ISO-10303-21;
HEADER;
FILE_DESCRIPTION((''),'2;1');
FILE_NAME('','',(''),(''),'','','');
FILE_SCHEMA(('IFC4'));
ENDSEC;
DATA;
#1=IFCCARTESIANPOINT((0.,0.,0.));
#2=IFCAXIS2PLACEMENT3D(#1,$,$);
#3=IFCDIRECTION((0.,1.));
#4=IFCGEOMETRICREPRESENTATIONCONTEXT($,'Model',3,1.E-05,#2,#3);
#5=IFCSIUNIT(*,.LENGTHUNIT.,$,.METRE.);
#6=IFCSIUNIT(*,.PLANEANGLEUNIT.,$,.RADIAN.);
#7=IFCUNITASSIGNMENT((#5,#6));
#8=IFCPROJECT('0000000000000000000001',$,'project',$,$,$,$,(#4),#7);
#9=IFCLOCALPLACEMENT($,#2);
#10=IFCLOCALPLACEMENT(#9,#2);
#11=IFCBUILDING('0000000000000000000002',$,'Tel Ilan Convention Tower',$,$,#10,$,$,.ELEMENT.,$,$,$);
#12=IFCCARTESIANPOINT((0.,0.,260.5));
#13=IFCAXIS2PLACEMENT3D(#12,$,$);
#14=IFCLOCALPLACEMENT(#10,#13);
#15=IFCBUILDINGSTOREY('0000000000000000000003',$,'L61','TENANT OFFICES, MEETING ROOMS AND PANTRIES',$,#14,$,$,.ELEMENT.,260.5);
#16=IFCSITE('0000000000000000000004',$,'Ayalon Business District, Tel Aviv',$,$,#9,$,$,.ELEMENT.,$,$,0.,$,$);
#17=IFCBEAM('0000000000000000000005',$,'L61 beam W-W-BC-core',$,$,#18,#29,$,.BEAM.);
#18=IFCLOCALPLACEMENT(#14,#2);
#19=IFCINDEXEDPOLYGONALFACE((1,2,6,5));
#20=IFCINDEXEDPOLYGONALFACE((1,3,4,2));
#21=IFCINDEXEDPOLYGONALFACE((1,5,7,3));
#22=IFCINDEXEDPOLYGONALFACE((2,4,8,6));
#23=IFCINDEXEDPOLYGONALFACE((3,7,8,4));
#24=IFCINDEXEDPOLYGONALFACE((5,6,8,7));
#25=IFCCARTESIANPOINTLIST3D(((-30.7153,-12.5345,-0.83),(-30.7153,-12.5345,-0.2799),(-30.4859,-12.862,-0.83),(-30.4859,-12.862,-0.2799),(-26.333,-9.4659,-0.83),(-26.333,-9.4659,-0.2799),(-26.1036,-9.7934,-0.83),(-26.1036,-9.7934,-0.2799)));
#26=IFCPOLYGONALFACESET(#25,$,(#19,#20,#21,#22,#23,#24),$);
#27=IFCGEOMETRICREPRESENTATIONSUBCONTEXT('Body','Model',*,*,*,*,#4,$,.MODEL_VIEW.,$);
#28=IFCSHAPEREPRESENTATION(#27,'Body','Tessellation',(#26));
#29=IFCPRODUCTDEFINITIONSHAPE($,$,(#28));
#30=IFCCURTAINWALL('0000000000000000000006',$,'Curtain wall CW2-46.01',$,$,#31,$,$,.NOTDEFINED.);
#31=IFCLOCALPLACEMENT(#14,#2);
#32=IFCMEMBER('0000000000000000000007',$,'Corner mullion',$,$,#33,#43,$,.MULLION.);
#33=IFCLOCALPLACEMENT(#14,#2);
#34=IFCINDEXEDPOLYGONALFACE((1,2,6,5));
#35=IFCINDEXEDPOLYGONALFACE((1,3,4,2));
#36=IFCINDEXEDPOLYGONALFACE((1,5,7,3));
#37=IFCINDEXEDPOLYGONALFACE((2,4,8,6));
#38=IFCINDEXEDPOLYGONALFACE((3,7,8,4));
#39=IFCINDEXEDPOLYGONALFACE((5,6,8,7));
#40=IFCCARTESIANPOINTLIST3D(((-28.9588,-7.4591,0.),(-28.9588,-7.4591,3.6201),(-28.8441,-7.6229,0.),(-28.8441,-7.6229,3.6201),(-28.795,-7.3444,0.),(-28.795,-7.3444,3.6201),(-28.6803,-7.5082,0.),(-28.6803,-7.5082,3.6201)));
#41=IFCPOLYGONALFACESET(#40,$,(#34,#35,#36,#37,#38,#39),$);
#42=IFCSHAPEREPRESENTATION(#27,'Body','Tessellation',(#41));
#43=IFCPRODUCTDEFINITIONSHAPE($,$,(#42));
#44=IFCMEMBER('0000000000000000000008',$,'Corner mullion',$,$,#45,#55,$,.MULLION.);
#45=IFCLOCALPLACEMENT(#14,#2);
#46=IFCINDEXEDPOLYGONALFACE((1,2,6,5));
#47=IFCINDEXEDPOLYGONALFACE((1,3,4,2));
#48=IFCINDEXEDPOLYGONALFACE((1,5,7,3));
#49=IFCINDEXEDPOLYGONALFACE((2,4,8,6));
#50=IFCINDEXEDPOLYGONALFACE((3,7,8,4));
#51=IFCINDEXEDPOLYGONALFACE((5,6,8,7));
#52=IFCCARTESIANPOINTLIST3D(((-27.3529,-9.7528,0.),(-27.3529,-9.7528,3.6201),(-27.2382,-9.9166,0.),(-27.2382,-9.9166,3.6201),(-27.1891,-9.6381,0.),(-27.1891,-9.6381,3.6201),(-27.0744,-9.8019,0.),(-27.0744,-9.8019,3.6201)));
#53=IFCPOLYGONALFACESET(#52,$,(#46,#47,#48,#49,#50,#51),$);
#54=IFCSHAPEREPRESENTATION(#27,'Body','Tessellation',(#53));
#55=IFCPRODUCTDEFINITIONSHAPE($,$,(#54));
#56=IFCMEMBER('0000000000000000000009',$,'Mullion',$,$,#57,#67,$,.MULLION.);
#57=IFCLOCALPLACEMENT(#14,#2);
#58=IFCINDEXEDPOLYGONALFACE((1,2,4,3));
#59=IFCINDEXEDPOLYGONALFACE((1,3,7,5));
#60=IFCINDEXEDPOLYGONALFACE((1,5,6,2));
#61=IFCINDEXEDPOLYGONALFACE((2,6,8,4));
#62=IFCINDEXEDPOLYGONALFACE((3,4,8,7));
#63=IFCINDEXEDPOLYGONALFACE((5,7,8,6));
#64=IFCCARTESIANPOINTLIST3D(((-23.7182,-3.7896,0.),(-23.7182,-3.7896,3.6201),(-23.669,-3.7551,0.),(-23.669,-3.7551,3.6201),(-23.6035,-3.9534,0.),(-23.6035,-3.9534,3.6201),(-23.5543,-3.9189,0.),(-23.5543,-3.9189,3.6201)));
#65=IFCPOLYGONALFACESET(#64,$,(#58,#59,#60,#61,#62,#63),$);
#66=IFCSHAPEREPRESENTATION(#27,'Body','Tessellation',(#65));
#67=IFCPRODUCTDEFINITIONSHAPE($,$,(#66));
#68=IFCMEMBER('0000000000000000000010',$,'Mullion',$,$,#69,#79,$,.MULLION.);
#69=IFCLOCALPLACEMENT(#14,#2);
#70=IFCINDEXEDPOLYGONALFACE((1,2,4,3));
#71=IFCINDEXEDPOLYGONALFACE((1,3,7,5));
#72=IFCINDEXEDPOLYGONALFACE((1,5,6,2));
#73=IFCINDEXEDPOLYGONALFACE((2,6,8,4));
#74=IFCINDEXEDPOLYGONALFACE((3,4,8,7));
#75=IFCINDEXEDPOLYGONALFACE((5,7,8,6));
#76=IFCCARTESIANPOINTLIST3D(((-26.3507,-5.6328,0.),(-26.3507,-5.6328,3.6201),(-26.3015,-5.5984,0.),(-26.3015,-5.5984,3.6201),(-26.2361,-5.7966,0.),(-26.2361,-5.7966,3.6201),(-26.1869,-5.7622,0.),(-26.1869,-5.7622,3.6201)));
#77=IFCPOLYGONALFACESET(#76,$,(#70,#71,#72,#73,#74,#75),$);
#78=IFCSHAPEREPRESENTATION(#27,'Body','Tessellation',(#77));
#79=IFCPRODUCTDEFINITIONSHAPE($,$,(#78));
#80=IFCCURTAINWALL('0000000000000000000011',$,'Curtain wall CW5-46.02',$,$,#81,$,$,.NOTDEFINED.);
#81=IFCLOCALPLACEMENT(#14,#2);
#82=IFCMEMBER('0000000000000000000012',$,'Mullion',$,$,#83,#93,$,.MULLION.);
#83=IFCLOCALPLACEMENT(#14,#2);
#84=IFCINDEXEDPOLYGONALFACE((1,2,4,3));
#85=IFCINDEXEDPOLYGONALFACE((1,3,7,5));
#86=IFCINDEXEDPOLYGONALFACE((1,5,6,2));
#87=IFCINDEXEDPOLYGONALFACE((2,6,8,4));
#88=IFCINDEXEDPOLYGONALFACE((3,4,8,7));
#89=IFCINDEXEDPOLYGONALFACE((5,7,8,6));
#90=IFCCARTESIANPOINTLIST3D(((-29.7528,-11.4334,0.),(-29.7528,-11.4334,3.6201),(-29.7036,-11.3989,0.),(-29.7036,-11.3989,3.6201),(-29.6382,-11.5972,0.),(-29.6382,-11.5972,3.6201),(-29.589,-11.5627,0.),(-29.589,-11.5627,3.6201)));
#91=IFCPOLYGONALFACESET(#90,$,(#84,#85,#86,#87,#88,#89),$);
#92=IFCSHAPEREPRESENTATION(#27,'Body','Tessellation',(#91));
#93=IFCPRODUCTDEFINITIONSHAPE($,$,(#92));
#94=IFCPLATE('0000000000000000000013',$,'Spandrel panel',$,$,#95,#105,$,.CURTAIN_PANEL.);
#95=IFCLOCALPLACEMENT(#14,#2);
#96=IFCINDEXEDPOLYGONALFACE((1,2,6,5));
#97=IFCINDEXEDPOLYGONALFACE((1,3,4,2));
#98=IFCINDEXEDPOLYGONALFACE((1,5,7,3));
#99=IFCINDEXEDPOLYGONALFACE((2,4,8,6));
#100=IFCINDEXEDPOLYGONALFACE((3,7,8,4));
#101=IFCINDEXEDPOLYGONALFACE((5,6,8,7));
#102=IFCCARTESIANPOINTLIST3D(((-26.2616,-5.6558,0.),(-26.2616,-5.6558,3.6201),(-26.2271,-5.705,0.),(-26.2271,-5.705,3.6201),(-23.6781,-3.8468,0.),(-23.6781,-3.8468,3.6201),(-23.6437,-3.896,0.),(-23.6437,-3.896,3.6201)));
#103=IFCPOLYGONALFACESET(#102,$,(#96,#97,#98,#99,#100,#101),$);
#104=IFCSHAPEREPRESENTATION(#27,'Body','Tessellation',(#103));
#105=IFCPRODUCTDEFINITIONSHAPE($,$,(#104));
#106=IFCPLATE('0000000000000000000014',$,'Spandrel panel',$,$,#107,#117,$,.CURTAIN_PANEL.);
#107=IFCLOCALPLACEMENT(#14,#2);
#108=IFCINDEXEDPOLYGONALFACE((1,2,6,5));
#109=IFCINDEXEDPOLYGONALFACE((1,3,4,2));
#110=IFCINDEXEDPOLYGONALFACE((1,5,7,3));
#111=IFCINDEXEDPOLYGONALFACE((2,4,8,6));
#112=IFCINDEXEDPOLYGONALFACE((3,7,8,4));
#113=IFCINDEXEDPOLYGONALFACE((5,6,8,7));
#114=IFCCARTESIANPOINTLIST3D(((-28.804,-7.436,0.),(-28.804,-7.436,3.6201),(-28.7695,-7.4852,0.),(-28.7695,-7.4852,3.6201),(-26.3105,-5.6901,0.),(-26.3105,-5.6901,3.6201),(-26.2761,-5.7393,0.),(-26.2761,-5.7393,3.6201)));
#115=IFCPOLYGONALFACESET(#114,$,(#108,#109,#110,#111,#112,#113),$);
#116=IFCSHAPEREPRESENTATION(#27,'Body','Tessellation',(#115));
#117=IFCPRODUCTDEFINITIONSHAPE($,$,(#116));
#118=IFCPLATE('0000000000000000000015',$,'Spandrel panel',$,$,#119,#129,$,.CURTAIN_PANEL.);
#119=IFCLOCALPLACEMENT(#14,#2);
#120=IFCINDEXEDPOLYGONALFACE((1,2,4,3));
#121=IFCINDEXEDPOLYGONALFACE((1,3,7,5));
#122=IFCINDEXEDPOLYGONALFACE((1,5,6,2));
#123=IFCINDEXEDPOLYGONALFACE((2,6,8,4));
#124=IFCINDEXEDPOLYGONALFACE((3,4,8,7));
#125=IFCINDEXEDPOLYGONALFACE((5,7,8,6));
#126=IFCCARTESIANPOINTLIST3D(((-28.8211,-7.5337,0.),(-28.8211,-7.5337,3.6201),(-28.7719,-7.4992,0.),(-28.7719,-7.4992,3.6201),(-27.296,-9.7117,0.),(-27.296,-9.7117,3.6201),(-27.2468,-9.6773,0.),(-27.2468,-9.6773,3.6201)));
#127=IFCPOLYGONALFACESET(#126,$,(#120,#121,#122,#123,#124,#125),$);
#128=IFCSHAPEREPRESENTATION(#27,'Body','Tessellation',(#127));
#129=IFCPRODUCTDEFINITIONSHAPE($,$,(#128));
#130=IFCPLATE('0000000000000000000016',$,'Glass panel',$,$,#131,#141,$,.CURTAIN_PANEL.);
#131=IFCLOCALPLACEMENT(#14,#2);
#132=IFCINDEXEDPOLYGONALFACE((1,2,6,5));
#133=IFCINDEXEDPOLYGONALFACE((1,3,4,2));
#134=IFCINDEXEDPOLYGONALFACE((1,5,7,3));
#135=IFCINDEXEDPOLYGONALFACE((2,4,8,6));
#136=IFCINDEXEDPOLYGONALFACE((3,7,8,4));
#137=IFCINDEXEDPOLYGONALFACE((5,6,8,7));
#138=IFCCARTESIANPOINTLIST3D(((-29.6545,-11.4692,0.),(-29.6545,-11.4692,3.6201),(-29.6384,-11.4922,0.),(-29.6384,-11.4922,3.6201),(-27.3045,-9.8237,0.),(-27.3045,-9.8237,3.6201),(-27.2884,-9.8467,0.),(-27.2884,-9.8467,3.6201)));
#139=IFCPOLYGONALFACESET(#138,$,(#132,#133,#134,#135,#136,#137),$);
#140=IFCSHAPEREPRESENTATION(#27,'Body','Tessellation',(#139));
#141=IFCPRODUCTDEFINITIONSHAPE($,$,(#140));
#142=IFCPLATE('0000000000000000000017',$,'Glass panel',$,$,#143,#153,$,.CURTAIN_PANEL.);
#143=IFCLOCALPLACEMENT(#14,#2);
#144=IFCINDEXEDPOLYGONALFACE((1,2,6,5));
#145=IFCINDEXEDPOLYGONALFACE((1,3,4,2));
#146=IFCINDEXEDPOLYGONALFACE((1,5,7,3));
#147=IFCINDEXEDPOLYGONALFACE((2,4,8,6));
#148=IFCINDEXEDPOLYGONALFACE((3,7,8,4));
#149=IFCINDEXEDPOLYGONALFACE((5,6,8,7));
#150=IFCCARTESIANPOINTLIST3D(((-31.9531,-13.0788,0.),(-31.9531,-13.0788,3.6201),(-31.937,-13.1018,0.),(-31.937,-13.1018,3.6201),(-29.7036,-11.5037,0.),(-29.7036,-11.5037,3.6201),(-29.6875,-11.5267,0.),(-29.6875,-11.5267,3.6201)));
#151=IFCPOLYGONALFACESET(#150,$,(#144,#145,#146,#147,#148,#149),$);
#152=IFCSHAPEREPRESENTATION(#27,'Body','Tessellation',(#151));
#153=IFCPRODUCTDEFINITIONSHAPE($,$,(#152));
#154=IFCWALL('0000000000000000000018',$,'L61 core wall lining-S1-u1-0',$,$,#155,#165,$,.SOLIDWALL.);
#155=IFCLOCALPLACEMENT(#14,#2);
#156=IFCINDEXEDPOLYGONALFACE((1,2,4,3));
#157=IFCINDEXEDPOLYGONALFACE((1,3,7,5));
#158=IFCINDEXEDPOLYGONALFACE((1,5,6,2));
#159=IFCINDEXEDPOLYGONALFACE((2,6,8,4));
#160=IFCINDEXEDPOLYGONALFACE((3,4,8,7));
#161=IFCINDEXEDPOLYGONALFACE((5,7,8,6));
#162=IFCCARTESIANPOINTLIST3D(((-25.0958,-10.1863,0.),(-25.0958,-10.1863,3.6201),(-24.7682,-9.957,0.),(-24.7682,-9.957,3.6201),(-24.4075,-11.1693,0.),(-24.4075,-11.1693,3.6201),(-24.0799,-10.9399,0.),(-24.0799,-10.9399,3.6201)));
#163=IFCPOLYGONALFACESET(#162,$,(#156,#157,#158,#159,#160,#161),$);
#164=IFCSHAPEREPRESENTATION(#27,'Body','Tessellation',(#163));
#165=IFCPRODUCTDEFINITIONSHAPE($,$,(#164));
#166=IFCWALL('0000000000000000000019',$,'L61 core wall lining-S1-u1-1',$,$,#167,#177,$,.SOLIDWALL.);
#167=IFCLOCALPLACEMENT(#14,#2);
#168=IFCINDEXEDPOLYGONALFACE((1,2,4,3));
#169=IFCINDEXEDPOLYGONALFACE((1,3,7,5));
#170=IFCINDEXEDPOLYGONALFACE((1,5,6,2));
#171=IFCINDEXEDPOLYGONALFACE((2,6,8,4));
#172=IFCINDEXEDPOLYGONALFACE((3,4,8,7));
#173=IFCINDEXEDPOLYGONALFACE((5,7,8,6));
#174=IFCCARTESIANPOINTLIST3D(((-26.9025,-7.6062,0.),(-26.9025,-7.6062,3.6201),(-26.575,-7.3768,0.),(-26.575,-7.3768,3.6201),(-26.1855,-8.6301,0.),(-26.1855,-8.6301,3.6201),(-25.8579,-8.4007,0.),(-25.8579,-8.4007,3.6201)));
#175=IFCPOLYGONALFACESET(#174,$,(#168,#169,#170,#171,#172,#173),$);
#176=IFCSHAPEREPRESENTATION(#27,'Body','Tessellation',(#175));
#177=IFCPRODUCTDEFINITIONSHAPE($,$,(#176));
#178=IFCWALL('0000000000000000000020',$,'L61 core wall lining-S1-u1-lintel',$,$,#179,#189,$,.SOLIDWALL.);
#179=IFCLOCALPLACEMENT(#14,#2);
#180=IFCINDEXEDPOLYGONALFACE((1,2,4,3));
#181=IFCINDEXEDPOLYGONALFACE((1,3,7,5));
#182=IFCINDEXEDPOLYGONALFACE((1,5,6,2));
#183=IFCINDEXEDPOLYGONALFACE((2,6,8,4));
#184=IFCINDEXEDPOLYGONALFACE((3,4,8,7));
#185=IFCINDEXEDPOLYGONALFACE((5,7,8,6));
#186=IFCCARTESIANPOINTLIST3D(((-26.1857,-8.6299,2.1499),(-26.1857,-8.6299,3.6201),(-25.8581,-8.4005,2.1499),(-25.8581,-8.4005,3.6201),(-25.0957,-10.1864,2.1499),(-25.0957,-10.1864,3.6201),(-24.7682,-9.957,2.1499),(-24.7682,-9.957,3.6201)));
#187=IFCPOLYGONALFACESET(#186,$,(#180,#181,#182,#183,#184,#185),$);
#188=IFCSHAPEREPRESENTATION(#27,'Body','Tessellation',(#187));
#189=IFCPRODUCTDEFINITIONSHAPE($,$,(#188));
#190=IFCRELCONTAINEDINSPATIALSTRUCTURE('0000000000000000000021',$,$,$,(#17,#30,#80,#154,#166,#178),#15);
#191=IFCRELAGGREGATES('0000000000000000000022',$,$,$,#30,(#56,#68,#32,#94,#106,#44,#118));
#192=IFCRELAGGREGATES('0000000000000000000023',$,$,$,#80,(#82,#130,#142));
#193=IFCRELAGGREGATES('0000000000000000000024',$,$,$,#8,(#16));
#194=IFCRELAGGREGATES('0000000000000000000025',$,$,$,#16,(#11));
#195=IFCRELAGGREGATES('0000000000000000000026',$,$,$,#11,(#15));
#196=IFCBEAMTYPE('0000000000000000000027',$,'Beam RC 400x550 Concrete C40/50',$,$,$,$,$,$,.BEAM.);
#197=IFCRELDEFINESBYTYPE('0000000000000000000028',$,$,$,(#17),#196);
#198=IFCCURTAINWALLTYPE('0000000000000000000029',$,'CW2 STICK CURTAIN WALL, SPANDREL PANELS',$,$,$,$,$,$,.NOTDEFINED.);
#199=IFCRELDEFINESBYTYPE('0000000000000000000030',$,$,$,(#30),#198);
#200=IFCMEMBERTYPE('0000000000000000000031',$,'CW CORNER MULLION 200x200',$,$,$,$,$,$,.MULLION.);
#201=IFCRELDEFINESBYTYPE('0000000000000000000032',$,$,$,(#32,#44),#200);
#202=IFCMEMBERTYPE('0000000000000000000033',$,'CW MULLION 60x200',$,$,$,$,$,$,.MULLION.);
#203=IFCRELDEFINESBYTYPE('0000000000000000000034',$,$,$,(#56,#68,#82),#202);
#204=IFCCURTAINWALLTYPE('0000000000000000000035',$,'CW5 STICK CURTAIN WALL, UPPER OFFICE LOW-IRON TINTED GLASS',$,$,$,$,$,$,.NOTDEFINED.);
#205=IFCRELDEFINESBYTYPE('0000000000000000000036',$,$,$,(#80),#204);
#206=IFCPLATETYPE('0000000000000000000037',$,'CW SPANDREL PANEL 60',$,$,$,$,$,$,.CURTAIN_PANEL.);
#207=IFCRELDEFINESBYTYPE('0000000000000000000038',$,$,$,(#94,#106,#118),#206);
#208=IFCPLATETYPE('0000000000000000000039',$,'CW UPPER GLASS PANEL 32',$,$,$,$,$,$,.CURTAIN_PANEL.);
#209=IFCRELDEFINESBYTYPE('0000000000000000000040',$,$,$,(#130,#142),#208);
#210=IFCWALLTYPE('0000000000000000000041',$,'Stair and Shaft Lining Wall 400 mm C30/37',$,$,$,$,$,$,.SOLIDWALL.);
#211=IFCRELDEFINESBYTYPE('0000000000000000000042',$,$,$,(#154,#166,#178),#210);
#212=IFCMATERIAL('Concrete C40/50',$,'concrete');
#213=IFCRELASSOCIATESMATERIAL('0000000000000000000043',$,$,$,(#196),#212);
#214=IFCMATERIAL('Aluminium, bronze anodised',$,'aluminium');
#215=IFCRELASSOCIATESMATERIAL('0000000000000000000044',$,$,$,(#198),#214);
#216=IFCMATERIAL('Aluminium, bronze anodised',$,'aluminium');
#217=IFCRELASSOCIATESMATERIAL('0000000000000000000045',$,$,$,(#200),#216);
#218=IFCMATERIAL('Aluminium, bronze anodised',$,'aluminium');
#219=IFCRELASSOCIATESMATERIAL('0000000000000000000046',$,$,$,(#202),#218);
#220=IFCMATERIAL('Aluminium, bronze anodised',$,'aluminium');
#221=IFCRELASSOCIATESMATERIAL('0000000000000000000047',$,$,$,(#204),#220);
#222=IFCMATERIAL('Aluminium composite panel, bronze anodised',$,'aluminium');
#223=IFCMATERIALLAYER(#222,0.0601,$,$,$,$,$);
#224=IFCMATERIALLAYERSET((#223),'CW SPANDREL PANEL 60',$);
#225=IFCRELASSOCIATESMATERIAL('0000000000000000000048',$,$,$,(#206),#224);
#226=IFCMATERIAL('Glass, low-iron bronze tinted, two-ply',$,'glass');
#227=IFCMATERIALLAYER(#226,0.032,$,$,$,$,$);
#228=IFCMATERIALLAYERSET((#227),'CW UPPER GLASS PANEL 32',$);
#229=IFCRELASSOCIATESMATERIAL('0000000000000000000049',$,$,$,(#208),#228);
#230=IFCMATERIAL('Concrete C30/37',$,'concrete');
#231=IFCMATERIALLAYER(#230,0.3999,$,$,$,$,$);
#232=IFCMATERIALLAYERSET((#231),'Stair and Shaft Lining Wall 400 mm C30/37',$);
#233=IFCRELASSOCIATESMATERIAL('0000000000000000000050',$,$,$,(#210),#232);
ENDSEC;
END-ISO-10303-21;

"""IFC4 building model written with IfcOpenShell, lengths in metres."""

from ifc_helpers import new_model, si_unit, direction, frame, frame_2d, origin, origin_2d, place, context, subcontext, project, spatial, rectangle, extrude, material, layer, layer_set, material_profile, profile_set, type_object, element, aggregate, save


model = new_model("IFC4")

# Units and contexts
model_context = context("Model", 3, precision=1e-05, world=origin(), true_north=direction((0.0, 1.0)))
body_context = subcontext(model_context, "Body", "Model", "MODEL_VIEW")
ifc_project = project(units=[si_unit("LENGTHUNIT", "METRE"), si_unit("PLANEANGLEUNIT", "RADIAN")], contexts=[model_context])

# Site, building, storey
site_placement = place(None, origin())
site = spatial("IfcSite", under=ifc_project, at=site_placement, Name="Ayalon Business District, Tel Aviv", CompositionType="ELEMENT", RefElevation=0.0)
building_placement = place(site_placement, origin())
building = spatial("IfcBuilding", under=site, at=building_placement, Name="Tel Ilan Convention Tower", CompositionType="ELEMENT")
storey_placement = place(building_placement, frame((0.0, 0.0, 260.5)))
storey = spatial("IfcBuildingStorey", under=building, at=storey_placement, Name="L61", Description="TENANT OFFICES, MEETING ROOMS AND PANTRIES", CompositionType="ELEMENT", Elevation=260.5)

# Beam
ifc_material_1 = material(Name="Concrete C40/50", Category="concrete")
ifc_material_profile_1 = material_profile(ifc_material_1, rectangle(XDim=0.3999, YDim=0.55, at=origin_2d()), Name="RC 400x550")
ifc_profile_set_1 = profile_set([ifc_material_profile_1], Name="Concrete C40/50")
beam_type = type_object("IfcBeamType", Name="Beam RC 400x550 Concrete C40/50", PredefinedType="BEAM", material=ifc_profile_set_1)
beam_placement = place(storey_placement, frame((-30.6006, -12.6982, -0.5549), z_axis=(0.819146, 0.573585, 0.0), x_axis=(-0.573585, 0.819146, 0.0)))
element("IfcBeam", 1, at=beam_placement, inside=storey, type_object=beam_type, Name="L61 beam W-W-BC-core", PredefinedType="BEAM", context=body_context, shape_type="SweptSolid", body=[
    extrude(rectangle(XDim=0.3999, YDim=0.55, at=origin_2d()), origin(), (0.0, 0.0, 1.0), 5.3499),
])

# Curtain wall, members
ifc_material_2 = material(Name="Aluminium, bronze anodised", Category="aluminium")
curtain_wall_type_1 = type_object("IfcCurtainWallType", Name="CW2 STICK CURTAIN WALL, SPANDREL PANELS", PredefinedType="NOTDEFINED", material=ifc_material_2)
curtain_wall_1_placement = place(storey_placement, origin())
curtain_wall_1 = element("IfcCurtainWall", 2, at=curtain_wall_1_placement, inside=storey, type_object=curtain_wall_type_1, Name="Curtain wall CW2-46.01", PredefinedType="NOTDEFINED")
ifc_material_3 = material(Name="Aluminium, bronze anodised", Category="aluminium")
ifc_material_profile_2 = material_profile(ifc_material_3, rectangle(XDim=0.2, YDim=0.2, at=origin_2d()), Name="CW CORNER MULLION 200x200")
ifc_profile_set_2 = profile_set([ifc_material_profile_2], Name="Aluminium, bronze anodised")
member_type_1 = type_object("IfcMemberType", Name="CW CORNER MULLION 200x200", PredefinedType="MULLION", material=ifc_profile_set_2)
member_1_placement = place(storey_placement, frame((-28.8196, -7.4836, 0.0), z_axis=(0.0, 0.0, 1.0), x_axis=(-0.819152, -0.573576, 0.0)))
member_1 = element("IfcMember", 3, at=member_1_placement, type_object=member_type_1, Name="Corner mullion", PredefinedType="MULLION", context=body_context, shape_type="SweptSolid", body=[
    extrude(rectangle(XDim=0.2, YDim=0.2, at=origin_2d()), origin(), (0.0, 0.0, 1.0), 3.6201),
])
member_2_placement = place(storey_placement, frame((-27.2136, -9.7773, 0.0), z_axis=(0.0, 0.0, 1.0), x_axis=(0.573576, -0.819152, 0.0)))
member_2 = element("IfcMember", 4, at=member_2_placement, type_object=member_type_1, Name="Corner mullion", PredefinedType="MULLION", context=body_context, shape_type="SweptSolid", body=[
    extrude(rectangle(XDim=0.2, YDim=0.2, at=origin_2d()), origin(), (0.0, 0.0, 1.0), 3.6201),
])
ifc_material_4 = material(Name="Aluminium, bronze anodised", Category="aluminium")
ifc_material_profile_3 = material_profile(ifc_material_4, rectangle(XDim=0.0601, YDim=0.2, at=origin_2d()), Name="CW MULLION 60x200")
ifc_profile_set_3 = profile_set([ifc_material_profile_3], Name="Aluminium, bronze anodised")
member_type_2 = type_object("IfcMemberType", Name="CW MULLION 60x200", PredefinedType="MULLION", material=ifc_profile_set_3)
member_3_placement = place(storey_placement, frame((-23.6362, -3.8542, 0.0), z_axis=(0.0, 0.0, 1.0), x_axis=(-0.819152, -0.573576, 0.0)))
member_3 = element("IfcMember", 5, at=member_3_placement, type_object=member_type_2, Name="Mullion", PredefinedType="MULLION", context=body_context, shape_type="SweptSolid", body=[
    extrude(rectangle(XDim=0.0601, YDim=0.2, at=origin_2d()), origin(), (0.0, 0.0, 1.0), 3.6201),
])
member_4_placement = place(storey_placement, frame((-26.2688, -5.6975, 0.0), z_axis=(0.0, 0.0, 1.0), x_axis=(-0.819152, -0.573576, 0.0)))
member_4 = element("IfcMember", 6, at=member_4_placement, type_object=member_type_2, Name="Mullion", PredefinedType="MULLION", context=body_context, shape_type="SweptSolid", body=[
    extrude(rectangle(XDim=0.0601, YDim=0.2, at=origin_2d()), origin(), (0.0, 0.0, 1.0), 3.6201),
])

# Curtain wall, member
ifc_material_5 = material(Name="Aluminium, bronze anodised", Category="aluminium")
curtain_wall_type_2 = type_object("IfcCurtainWallType", Name="CW5 STICK CURTAIN WALL, UPPER OFFICE LOW-IRON TINTED GLASS", PredefinedType="NOTDEFINED", material=ifc_material_5)
curtain_wall_2_placement = place(storey_placement, origin())
curtain_wall_2 = element("IfcCurtainWall", 7, at=curtain_wall_2_placement, inside=storey, type_object=curtain_wall_type_2, Name="Curtain wall CW5-46.02", PredefinedType="NOTDEFINED")
member_5_placement = place(storey_placement, frame((-29.6709, -11.498, 0.0), z_axis=(0.0, 0.0, 1.0), x_axis=(-0.819152, -0.573576, 0.0)))
member_5 = element("IfcMember", 8, at=member_5_placement, type_object=member_type_2, Name="Mullion", PredefinedType="MULLION", context=body_context, shape_type="SweptSolid", body=[
    extrude(rectangle(XDim=0.0601, YDim=0.2, at=origin_2d()), origin(), (0.0, 0.0, 1.0), 3.6201),
])

# Plates
ifc_material_6 = material(Name="Aluminium composite panel, bronze anodised", Category="aluminium")
ifc_layer_1 = layer(ifc_material_6, 0.0601)
ifc_layer_set_1 = layer_set([ifc_layer_1], Name="CW SPANDREL PANEL 60")
plate_type_1 = type_object("IfcPlateType", Name="CW SPANDREL PANEL 60", PredefinedType="CURTAIN_PANEL", material=ifc_layer_set_1)
plate_1_placement = place(storey_placement, frame((-24.9526, -4.7759, 0.0), z_axis=(0.0, 0.0, 1.0), x_axis=(-0.819152, -0.573576, 0.0)))
plate_1 = element("IfcPlate", 9, at=plate_1_placement, type_object=plate_type_1, Name="Spandrel panel", PredefinedType="CURTAIN_PANEL", context=body_context, shape_type="SweptSolid", body=[
    extrude(rectangle(XDim=3.1538, YDim=0.0601, at=origin_2d()), origin(), (0.0, 0.0, 1.0), 3.6201),
])
plate_2_placement = place(storey_placement, frame((-27.54, -6.5876, 0.0), z_axis=(0.0, 0.0, 1.0), x_axis=(-0.819152, -0.573576, 0.0)))
plate_2 = element("IfcPlate", 10, at=plate_2_placement, type_object=plate_type_1, Name="Spandrel panel", PredefinedType="CURTAIN_PANEL", context=body_context, shape_type="SweptSolid", body=[
    extrude(rectangle(XDim=3.0439, YDim=0.0601, at=origin_2d()), origin(), (0.0, 0.0, 1.0), 3.6201),
])
plate_3_placement = place(storey_placement, frame((-28.0339, -8.6055, 0.0), z_axis=(0.0, 0.0, 1.0), x_axis=(0.573576, -0.819152, 0.0)))
plate_3 = element("IfcPlate", 11, at=plate_3_placement, type_object=plate_type_1, Name="Spandrel panel", PredefinedType="CURTAIN_PANEL", context=body_context, shape_type="SweptSolid", body=[
    extrude(rectangle(XDim=2.6589, YDim=0.0601, at=origin_2d()), origin(), (0.0, 0.0, 1.0), 3.6201),
])
aggregate(curtain_wall_1, [member_3, member_4, member_1, plate_1, plate_2, member_2, plate_3])
ifc_material_7 = material(Name="Glass, low-iron bronze tinted, two-ply", Category="glass")
ifc_layer_2 = layer(ifc_material_7, 0.032)
ifc_layer_set_2 = layer_set([ifc_layer_2], Name="CW UPPER GLASS PANEL 32")
plate_type_2 = type_object("IfcPlateType", Name="CW UPPER GLASS PANEL 32", PredefinedType="CURTAIN_PANEL", material=ifc_layer_set_2)
plate_4_placement = place(storey_placement, frame((-28.4714, -10.658, 0.0), z_axis=(0.0, 0.0, 1.0), x_axis=(-0.819152, -0.573576, 0.0)))
plate_4 = element("IfcPlate", 12, at=plate_4_placement, type_object=plate_type_2, Name="Glass panel", PredefinedType="CURTAIN_PANEL", context=body_context, shape_type="SweptSolid", body=[
    extrude(rectangle(XDim=2.8689, YDim=0.0281, at=origin_2d()), origin(), (0.0, 0.0, 1.0), 3.6201),
])
plate_5_placement = place(storey_placement, frame((-30.8203, -12.3027, 0.0), z_axis=(0.0, 0.0, 1.0), x_axis=(-0.819152, -0.573576, 0.0)))
plate_5 = element("IfcPlate", 13, at=plate_5_placement, type_object=plate_type_2, Name="Glass panel", PredefinedType="CURTAIN_PANEL", context=body_context, shape_type="SweptSolid", body=[
    extrude(rectangle(XDim=2.7461, YDim=0.0281, at=origin_2d()), origin(), (0.0, 0.0, 1.0), 3.6201),
])
aggregate(curtain_wall_2, [member_5, plate_4, plate_5])

# Walls
ifc_material_8 = material(Name="Concrete C30/37", Category="concrete")
ifc_layer_3 = layer(ifc_material_8, 0.3999)
ifc_layer_set_3 = layer_set([ifc_layer_3], Name="Stair and Shaft Lining Wall 400 mm C30/37")
wall_type = type_object("IfcWallType", Name="Stair and Shaft Lining Wall 400 mm C30/37", PredefinedType="SOLIDWALL", material=ifc_layer_set_3)
wall_1_placement = place(storey_placement, frame((-24.2437, -11.0547, 0.0), z_axis=(0.0, 0.0, 1.0), x_axis=(-0.573572, 0.819155, 0.0)))
element("IfcWall", 14, at=wall_1_placement, inside=storey, type_object=wall_type, Name="L61 core wall lining-S1-u1-0", PredefinedType="SOLIDWALL", context=body_context, shape_type="SweptSolid", body=[
    extrude(rectangle(XDim=1.2, YDim=0.3999, at=frame_2d((0.6001, 0.0))), origin(), (0.0, 0.0, 1.0), 3.6201),
])
wall_2_placement = place(storey_placement, frame((-26.0217, -8.5154, 0.0), z_axis=(0.0, 0.0, 1.0), x_axis=(-0.57362, 0.819122, 0.0)))
element("IfcWall", 15, at=wall_2_placement, inside=storey, type_object=wall_type, Name="L61 core wall lining-S1-u1-1", PredefinedType="SOLIDWALL", context=body_context, shape_type="SweptSolid", body=[
    extrude(rectangle(XDim=1.25, YDim=0.3999, at=frame_2d((0.625, 0.0))), origin(), (0.0, 0.0, 1.0), 3.6201),
])
wall_3_placement = place(storey_placement, frame((-24.9319, -10.0718, 2.1499), z_axis=(0.0, 0.0, 1.0), x_axis=(-0.573592, 0.819141, 0.0)))
element("IfcWall", 16, at=wall_3_placement, inside=storey, type_object=wall_type, Name="L61 core wall lining-S1-u1-lintel", PredefinedType="SOLIDWALL", context=body_context, shape_type="SweptSolid", body=[
    extrude(rectangle(XDim=1.9001, YDim=0.3999, at=frame_2d((0.9502, 0.0))), origin(), (0.0, 0.0, 1.0), 1.4702),
])

save(model, "model.ifc")
